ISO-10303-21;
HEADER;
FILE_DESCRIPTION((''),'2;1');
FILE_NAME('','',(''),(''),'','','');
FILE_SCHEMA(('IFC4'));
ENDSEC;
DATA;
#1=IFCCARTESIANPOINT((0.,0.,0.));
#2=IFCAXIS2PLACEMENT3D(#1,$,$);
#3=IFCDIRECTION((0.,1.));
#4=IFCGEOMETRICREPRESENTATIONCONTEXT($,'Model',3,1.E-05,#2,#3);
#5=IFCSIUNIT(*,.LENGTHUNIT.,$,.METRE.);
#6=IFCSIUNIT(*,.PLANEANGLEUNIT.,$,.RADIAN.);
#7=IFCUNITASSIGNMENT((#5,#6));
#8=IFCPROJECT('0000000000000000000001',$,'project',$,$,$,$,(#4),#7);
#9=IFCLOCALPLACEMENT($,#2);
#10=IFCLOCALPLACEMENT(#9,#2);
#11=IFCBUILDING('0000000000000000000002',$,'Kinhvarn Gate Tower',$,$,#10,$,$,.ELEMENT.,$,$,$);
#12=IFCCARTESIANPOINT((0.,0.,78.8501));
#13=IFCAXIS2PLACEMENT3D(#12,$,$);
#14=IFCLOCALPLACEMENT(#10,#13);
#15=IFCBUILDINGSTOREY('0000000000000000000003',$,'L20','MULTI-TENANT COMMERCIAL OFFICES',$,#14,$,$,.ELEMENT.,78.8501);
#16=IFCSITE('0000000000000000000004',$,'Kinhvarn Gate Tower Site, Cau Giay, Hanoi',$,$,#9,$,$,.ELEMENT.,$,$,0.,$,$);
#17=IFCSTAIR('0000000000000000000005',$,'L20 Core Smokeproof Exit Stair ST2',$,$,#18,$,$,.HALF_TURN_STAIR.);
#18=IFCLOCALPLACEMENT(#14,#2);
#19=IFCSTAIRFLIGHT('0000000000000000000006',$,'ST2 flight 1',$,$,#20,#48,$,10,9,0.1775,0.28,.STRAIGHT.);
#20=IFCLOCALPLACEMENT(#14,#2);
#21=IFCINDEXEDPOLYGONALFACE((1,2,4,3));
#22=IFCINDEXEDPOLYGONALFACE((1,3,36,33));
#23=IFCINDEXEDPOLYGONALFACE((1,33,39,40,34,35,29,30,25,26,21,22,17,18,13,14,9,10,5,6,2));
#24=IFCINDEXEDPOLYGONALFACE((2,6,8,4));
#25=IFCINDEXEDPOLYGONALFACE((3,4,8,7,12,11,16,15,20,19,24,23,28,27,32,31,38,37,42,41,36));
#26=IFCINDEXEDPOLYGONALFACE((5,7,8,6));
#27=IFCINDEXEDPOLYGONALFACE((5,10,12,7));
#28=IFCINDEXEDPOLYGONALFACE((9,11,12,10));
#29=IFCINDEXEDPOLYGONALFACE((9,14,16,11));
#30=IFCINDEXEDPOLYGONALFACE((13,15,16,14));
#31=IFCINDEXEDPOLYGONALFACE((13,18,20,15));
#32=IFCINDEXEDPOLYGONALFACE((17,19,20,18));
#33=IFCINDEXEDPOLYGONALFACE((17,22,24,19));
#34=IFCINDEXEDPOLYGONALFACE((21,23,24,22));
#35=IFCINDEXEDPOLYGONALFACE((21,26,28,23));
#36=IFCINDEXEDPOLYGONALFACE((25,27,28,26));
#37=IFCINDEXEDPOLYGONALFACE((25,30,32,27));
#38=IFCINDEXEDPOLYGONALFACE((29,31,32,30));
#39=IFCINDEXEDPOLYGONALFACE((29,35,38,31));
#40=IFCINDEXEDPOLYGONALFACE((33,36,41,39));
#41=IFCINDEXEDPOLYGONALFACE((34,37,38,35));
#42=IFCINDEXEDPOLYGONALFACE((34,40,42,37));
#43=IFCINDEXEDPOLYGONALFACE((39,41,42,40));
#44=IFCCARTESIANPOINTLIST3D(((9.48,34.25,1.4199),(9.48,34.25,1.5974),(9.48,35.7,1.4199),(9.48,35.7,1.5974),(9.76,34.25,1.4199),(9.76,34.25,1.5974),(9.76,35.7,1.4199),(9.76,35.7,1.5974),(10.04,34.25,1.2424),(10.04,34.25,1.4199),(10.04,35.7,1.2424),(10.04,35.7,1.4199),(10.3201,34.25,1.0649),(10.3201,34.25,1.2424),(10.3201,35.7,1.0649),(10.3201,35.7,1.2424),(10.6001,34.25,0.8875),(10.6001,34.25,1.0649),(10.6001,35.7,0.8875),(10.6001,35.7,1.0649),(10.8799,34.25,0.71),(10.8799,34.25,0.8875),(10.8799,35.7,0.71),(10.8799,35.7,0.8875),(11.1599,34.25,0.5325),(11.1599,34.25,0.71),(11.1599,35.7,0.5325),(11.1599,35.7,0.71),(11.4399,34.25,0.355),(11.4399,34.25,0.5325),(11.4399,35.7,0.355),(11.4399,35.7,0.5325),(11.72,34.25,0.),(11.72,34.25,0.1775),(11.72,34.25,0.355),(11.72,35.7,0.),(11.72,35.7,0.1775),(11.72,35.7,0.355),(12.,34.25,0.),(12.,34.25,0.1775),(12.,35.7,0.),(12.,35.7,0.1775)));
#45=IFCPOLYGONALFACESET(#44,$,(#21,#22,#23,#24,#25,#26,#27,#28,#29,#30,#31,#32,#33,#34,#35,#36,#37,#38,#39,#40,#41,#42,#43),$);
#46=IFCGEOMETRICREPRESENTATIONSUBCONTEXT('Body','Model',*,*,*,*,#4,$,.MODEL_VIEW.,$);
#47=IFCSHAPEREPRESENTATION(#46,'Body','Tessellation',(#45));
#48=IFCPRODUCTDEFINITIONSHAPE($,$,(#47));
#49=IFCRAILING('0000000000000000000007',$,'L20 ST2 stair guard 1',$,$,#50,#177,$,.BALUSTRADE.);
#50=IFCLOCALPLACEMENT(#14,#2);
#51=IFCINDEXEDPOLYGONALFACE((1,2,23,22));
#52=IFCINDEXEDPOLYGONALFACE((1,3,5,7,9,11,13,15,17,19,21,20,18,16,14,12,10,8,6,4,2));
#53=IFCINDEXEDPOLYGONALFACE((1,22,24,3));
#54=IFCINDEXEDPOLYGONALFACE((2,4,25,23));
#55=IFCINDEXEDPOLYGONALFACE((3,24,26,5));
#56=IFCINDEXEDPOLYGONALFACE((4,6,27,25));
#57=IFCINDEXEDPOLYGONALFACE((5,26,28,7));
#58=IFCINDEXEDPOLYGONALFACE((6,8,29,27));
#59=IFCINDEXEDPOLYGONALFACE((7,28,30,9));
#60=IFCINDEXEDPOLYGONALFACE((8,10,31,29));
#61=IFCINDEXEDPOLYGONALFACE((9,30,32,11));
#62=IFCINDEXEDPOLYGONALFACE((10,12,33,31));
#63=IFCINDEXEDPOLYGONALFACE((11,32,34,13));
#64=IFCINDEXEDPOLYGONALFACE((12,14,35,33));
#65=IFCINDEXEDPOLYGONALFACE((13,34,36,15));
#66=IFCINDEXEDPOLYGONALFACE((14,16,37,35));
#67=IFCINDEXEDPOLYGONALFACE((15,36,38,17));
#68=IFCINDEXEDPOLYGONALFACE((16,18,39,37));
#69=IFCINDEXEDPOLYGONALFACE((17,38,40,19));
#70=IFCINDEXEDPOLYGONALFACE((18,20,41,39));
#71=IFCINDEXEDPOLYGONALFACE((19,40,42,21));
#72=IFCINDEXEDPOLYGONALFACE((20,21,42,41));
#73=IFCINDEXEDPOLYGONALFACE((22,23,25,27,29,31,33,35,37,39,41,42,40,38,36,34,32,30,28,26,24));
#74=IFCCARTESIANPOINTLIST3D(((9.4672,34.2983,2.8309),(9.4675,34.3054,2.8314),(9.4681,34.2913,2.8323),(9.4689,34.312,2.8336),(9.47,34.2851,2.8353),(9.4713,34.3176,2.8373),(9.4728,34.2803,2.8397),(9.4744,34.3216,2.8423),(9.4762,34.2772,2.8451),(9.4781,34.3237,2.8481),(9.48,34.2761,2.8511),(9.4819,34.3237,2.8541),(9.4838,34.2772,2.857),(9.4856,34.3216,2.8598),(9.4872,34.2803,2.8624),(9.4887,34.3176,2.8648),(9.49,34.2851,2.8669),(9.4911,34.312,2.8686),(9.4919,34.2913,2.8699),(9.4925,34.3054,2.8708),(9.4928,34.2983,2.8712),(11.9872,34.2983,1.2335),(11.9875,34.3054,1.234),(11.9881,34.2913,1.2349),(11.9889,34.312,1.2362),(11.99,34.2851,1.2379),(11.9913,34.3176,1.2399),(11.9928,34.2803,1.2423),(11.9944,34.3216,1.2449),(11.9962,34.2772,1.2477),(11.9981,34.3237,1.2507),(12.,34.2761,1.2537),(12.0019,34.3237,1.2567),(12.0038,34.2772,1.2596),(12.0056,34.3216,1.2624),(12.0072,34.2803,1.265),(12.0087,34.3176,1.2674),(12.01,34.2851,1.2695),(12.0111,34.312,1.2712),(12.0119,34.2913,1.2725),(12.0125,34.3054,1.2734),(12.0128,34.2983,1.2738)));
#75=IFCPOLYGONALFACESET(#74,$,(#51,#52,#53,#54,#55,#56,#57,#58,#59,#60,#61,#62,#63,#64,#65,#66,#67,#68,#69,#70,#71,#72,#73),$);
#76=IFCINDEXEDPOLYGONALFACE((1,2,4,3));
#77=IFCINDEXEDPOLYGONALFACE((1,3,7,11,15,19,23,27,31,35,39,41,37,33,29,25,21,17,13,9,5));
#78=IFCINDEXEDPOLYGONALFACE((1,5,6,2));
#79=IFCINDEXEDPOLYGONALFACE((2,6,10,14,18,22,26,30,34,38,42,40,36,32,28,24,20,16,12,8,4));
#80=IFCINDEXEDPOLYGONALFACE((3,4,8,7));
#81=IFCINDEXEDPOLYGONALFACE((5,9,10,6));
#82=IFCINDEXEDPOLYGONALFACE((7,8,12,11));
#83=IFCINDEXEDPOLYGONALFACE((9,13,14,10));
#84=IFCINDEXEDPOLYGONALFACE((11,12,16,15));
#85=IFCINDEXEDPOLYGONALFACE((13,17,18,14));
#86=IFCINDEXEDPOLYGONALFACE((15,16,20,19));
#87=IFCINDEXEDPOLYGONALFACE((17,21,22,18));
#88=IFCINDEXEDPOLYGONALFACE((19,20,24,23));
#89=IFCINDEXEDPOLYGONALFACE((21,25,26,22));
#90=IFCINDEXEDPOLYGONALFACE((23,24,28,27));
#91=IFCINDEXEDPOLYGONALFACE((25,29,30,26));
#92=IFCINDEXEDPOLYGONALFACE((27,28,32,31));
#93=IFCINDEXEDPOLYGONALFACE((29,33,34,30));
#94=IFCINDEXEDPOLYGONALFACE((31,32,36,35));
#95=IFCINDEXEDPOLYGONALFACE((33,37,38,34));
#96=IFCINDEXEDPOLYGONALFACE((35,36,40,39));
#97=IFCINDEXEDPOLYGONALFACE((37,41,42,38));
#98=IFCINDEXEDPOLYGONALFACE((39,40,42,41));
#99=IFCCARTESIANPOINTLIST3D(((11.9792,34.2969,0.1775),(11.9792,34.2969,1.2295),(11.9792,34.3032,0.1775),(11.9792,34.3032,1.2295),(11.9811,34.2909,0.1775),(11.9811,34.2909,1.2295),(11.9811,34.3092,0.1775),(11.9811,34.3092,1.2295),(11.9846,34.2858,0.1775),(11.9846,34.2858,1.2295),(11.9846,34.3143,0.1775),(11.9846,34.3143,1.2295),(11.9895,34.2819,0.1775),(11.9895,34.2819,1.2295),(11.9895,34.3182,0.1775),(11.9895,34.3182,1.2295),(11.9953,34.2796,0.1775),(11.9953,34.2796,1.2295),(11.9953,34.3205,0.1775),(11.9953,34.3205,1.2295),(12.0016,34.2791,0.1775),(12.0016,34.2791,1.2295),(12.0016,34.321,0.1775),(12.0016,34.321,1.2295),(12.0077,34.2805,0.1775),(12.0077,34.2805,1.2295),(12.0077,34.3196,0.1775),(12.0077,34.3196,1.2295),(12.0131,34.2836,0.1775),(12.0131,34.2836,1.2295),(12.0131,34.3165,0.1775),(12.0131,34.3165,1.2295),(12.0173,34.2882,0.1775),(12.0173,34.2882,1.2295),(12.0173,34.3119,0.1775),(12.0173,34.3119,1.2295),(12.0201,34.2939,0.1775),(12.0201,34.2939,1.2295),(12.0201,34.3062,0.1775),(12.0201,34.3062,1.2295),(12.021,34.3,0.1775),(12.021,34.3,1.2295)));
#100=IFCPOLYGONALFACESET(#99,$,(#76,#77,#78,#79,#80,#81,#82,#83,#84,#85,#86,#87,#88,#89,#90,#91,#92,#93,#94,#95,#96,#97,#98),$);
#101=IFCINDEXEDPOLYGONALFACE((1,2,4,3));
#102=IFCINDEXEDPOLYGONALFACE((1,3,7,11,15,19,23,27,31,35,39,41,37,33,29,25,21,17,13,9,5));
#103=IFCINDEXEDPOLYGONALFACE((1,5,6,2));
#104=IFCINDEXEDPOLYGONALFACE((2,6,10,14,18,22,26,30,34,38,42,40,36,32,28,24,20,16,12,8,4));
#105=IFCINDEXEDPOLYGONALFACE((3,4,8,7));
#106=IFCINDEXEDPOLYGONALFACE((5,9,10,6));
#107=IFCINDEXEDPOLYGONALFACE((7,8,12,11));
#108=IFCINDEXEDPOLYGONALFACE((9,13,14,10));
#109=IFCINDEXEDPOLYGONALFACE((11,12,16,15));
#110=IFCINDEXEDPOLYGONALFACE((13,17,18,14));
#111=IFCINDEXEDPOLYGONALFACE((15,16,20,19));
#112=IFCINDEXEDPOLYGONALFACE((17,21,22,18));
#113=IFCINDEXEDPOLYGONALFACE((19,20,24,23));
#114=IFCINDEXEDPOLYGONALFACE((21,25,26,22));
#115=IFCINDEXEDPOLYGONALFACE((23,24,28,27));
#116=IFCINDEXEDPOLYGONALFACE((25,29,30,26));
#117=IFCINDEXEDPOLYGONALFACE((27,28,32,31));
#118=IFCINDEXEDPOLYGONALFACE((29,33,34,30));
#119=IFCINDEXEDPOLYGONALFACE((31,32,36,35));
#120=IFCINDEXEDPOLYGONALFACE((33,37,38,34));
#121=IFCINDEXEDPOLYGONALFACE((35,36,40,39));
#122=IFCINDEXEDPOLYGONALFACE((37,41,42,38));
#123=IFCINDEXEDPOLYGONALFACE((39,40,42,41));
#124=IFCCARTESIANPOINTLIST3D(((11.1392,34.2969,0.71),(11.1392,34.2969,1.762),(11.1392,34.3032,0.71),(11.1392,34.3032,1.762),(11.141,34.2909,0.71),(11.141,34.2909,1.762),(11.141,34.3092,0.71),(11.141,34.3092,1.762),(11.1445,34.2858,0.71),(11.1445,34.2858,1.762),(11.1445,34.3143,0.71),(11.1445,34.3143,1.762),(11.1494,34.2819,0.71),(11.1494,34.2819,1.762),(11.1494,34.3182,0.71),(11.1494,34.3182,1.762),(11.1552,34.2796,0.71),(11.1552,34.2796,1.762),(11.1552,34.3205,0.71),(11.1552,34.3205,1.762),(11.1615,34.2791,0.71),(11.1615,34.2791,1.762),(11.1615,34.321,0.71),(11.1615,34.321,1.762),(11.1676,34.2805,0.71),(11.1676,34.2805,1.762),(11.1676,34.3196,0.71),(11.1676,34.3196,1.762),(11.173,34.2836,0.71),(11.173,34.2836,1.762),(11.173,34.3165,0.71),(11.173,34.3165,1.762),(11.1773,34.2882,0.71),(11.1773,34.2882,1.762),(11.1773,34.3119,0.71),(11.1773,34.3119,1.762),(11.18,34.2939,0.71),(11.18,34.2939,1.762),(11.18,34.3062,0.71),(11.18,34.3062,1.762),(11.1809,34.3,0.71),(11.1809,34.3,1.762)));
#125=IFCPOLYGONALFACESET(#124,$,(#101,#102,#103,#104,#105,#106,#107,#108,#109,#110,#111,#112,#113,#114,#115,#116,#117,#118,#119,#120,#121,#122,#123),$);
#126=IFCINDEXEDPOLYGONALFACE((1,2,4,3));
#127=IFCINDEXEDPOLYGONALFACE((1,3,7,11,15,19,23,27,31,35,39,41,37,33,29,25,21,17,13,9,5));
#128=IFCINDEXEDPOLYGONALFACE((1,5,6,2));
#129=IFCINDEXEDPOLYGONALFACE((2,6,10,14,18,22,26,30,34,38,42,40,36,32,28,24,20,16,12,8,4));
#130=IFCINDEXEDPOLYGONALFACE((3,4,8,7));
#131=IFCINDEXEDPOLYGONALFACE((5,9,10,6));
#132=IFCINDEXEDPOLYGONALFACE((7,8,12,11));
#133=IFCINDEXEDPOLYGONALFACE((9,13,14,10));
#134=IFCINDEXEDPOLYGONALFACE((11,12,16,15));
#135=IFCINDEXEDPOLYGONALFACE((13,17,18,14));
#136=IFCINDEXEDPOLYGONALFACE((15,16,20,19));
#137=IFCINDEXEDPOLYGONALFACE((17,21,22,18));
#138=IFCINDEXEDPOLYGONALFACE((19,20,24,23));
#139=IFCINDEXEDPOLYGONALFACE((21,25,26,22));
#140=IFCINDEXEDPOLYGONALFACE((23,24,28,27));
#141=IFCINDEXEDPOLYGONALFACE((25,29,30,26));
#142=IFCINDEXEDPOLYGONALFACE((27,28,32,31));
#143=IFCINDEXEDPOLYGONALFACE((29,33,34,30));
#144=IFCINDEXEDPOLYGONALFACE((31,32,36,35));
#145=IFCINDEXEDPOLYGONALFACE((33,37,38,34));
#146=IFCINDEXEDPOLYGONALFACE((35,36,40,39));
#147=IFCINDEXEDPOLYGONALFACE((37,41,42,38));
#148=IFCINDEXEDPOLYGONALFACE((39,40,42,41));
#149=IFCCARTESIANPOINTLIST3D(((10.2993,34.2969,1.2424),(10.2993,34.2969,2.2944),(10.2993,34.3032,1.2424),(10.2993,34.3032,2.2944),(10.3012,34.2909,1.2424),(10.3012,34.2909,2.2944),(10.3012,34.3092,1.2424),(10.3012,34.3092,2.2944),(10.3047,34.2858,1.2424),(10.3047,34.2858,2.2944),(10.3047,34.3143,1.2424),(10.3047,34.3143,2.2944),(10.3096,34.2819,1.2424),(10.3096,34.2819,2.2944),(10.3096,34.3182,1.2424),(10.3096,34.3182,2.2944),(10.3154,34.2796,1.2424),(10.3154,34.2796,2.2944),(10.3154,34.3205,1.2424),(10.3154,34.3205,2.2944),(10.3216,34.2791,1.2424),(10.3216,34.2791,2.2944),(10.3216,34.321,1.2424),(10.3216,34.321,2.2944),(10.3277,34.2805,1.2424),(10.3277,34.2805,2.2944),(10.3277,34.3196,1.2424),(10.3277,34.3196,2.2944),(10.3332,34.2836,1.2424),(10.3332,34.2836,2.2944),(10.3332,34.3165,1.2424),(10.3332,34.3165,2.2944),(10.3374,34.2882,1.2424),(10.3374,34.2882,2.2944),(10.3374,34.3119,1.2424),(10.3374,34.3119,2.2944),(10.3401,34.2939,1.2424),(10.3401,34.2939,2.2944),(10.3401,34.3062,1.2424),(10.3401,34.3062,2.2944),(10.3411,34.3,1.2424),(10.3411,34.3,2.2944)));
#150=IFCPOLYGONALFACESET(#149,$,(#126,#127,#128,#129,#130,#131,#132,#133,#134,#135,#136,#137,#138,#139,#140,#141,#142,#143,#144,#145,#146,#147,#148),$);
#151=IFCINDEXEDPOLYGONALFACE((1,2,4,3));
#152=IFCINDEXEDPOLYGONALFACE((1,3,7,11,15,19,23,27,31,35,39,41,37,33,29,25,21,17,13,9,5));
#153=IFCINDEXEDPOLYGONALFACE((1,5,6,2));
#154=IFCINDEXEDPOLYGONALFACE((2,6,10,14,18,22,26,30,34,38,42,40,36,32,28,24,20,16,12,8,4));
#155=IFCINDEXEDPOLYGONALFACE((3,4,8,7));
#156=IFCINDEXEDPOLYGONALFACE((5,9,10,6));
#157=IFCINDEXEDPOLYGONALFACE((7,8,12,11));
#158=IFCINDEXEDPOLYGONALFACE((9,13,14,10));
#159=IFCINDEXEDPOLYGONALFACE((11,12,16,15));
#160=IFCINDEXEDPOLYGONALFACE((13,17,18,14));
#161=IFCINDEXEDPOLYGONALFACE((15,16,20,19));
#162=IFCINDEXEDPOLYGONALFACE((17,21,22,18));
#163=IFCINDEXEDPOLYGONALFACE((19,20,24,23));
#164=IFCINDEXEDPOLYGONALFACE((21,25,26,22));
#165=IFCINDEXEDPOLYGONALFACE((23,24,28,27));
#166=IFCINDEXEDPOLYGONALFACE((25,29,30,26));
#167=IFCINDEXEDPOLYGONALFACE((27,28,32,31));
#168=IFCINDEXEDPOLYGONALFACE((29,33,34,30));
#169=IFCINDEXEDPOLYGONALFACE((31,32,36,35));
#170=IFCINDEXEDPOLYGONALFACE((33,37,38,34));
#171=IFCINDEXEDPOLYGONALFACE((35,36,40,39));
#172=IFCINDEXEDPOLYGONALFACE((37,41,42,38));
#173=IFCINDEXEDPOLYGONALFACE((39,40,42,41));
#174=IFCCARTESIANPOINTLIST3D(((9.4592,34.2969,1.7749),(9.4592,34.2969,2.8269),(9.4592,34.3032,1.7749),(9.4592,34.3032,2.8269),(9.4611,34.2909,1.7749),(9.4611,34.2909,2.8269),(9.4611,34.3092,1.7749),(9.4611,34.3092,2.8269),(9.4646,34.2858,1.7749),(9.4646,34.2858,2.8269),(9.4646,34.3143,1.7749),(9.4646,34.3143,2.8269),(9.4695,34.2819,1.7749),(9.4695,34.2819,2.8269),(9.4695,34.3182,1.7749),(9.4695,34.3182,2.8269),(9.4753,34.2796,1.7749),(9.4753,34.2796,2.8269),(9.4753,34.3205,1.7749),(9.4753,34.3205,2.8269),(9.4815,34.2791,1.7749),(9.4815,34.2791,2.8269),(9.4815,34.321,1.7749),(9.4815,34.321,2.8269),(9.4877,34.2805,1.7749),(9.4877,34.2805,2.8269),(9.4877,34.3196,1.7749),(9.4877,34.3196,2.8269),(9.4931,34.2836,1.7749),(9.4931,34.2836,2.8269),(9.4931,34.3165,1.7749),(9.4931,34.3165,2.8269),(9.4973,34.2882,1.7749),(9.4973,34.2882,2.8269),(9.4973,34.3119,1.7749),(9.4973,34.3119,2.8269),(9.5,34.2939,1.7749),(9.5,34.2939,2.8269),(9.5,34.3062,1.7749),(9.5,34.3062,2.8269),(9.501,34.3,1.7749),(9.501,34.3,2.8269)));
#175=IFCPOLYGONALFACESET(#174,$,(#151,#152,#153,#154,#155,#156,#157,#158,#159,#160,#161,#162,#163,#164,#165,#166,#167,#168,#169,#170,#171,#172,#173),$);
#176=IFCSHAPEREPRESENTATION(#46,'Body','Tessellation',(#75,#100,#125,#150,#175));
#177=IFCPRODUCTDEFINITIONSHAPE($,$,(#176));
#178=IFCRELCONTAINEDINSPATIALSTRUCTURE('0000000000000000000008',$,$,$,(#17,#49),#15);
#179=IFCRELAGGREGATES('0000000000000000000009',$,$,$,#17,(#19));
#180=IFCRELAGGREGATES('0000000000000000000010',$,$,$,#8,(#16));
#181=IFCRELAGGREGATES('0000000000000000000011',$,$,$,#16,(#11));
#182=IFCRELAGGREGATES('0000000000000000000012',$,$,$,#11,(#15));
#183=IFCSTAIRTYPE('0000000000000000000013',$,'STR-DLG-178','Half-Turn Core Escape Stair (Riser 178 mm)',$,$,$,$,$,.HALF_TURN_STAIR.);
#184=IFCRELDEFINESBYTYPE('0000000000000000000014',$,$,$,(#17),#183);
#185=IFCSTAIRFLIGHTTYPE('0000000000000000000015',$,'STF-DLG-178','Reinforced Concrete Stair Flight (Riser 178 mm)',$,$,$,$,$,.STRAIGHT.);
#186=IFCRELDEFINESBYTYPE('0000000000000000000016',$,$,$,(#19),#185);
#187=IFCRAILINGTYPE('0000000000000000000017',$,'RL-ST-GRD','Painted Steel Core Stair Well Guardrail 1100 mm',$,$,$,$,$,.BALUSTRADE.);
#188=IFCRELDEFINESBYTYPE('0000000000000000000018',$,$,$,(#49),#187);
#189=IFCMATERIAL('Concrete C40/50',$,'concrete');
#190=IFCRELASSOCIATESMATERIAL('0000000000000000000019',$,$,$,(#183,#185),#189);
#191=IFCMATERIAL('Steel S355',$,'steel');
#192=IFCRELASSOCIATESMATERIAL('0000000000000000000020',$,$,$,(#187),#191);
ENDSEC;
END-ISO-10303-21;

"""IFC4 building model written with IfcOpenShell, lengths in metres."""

from ifc_helpers import new_model, si_unit, direction, frame, origin, origin_2d, place, context, subcontext, project, spatial, polyline, circle, outline, extrude, material, type_object, element, aggregate, save


model = new_model("IFC4")

# Units and contexts
model_context = context("Model", 3, precision=1e-05, world=origin(), true_north=direction((0.0, 1.0)))
body_context = subcontext(model_context, "Body", "Model", "MODEL_VIEW")
ifc_project = project(units=[si_unit("LENGTHUNIT", "METRE"), si_unit("PLANEANGLEUNIT", "RADIAN")], contexts=[model_context])

# Site, building, storey
site_placement = place(None, origin())
site = spatial("IfcSite", under=ifc_project, at=site_placement, Name="Kinhvarn Gate Tower Site, Cau Giay, Hanoi", CompositionType="ELEMENT", RefElevation=0.0)
building_placement = place(site_placement, origin())
building = spatial("IfcBuilding", under=site, at=building_placement, Name="Kinhvarn Gate Tower", CompositionType="ELEMENT")
storey_placement = place(building_placement, frame((0.0, 0.0, 78.8501)))
storey = spatial("IfcBuildingStorey", under=building, at=storey_placement, Name="L20", Description="MULTI-TENANT COMMERCIAL OFFICES", CompositionType="ELEMENT", Elevation=78.8501)

# Shared definitions
ifc_material_1 = material(Name="Steel S355", Category="steel")

# Shared definitions
ifc_material_2 = material(Name="Concrete C40/50", Category="concrete")

# Stair, stair flight
stair_type = type_object("IfcStairType", Name="STR-DLG-178", Description="Half-Turn Core Escape Stair (Riser 178 mm)", PredefinedType="HALF_TURN_STAIR", material=ifc_material_2)
stair_placement = place(storey_placement, origin())
stair = element("IfcStair", 1, at=stair_placement, inside=storey, type_object=stair_type, Name="L20 Core Smokeproof Exit Stair ST2", PredefinedType="HALF_TURN_STAIR")
stair_flight_type = type_object("IfcStairFlightType", Name="STF-DLG-178", Description="Reinforced Concrete Stair Flight (Riser 178 mm)", PredefinedType="STRAIGHT", material=ifc_material_2)
stair_flight_placement = place(storey_placement, frame((12.0, 34.9751, 0.0), z_axis=(0.0, 0.0, 1.0), x_axis=(-1.0, 0.0, 0.0)))
stair_flight = element("IfcStairFlight", 2, at=stair_flight_placement, type_object=stair_flight_type, Name="ST2 flight 1", NumberOfRisers=10, NumberOfTreads=9, PredefinedType="STRAIGHT", RiserHeight=0.1775, TreadLength=0.28, context=body_context, shape_type="SweptSolid", body=[
    extrude(outline(polyline([(0.0, 0.0), (0.0, 0.1775), (0.28, 0.1775), (0.28, 0.355), (0.5601, 0.355), (0.5601, 0.5325), (0.8401, 0.5325), (0.8401, 0.71), (1.1201, 0.71), (1.1201, 0.8875), (1.3999, 0.8875), (1.3999, 1.0649), (1.6799, 1.0649), (1.6799, 1.2424), (1.96, 1.2424), (1.96, 1.4199), (2.24, 1.4199), (2.24, 1.5974), (2.52, 1.5974), (2.52, 1.7749), (2.52, 1.4199), (0.28, 0.0), (0.0, 0.0)])), frame((0.0, 0.7251, 0.0), z_axis=(0.0, -1.0, 0.0), x_axis=(1.0, 0.0, 0.0)), (0.0, 0.0, 1.0), 1.45),
])
aggregate(stair, [stair_flight])

# Railing
railing_type_1 = type_object("IfcRailingType", Name="RL-ST-GRD", Description="Painted Steel Core Stair Well Guardrail 1100 mm", PredefinedType="BALUSTRADE", material=ifc_material_1)
railing_1_placement = place(storey_placement, frame((12.0, 34.3, 0.1775)))
element("IfcRailing", 3, at=railing_1_placement, inside=storey, type_object=railing_type_1, Name="L20 ST2 stair guard 1", PredefinedType="BALUSTRADE", context=body_context, shape_type="SweptSolid", body=[
    extrude(circle(Radius=0.0239, at=origin_2d()), frame((0.0, 0.0, 1.0762), z_axis=(-0.844607, 0.0, 0.535387), x_axis=(0.0, -1.0, 0.0)), (0.0, 0.0, 1.0), 2.9836),
    extrude(circle(Radius=0.021, at=origin_2d()), origin(), (0.0, 0.0, 1.0), 1.052),
    extrude(circle(Radius=0.021, at=origin_2d()), frame((-0.8401, 0.0, 0.5325)), (0.0, 0.0, 1.0), 1.052),
    extrude(circle(Radius=0.021, at=origin_2d()), frame((-1.6799, 0.0, 1.0649)), (0.0, 0.0, 1.0), 1.052),
    extrude(circle(Radius=0.021, at=origin_2d()), frame((-2.52, 0.0, 1.5974)), (0.0, 0.0, 1.0), 1.052),
])

save(model, "model.ifc")
